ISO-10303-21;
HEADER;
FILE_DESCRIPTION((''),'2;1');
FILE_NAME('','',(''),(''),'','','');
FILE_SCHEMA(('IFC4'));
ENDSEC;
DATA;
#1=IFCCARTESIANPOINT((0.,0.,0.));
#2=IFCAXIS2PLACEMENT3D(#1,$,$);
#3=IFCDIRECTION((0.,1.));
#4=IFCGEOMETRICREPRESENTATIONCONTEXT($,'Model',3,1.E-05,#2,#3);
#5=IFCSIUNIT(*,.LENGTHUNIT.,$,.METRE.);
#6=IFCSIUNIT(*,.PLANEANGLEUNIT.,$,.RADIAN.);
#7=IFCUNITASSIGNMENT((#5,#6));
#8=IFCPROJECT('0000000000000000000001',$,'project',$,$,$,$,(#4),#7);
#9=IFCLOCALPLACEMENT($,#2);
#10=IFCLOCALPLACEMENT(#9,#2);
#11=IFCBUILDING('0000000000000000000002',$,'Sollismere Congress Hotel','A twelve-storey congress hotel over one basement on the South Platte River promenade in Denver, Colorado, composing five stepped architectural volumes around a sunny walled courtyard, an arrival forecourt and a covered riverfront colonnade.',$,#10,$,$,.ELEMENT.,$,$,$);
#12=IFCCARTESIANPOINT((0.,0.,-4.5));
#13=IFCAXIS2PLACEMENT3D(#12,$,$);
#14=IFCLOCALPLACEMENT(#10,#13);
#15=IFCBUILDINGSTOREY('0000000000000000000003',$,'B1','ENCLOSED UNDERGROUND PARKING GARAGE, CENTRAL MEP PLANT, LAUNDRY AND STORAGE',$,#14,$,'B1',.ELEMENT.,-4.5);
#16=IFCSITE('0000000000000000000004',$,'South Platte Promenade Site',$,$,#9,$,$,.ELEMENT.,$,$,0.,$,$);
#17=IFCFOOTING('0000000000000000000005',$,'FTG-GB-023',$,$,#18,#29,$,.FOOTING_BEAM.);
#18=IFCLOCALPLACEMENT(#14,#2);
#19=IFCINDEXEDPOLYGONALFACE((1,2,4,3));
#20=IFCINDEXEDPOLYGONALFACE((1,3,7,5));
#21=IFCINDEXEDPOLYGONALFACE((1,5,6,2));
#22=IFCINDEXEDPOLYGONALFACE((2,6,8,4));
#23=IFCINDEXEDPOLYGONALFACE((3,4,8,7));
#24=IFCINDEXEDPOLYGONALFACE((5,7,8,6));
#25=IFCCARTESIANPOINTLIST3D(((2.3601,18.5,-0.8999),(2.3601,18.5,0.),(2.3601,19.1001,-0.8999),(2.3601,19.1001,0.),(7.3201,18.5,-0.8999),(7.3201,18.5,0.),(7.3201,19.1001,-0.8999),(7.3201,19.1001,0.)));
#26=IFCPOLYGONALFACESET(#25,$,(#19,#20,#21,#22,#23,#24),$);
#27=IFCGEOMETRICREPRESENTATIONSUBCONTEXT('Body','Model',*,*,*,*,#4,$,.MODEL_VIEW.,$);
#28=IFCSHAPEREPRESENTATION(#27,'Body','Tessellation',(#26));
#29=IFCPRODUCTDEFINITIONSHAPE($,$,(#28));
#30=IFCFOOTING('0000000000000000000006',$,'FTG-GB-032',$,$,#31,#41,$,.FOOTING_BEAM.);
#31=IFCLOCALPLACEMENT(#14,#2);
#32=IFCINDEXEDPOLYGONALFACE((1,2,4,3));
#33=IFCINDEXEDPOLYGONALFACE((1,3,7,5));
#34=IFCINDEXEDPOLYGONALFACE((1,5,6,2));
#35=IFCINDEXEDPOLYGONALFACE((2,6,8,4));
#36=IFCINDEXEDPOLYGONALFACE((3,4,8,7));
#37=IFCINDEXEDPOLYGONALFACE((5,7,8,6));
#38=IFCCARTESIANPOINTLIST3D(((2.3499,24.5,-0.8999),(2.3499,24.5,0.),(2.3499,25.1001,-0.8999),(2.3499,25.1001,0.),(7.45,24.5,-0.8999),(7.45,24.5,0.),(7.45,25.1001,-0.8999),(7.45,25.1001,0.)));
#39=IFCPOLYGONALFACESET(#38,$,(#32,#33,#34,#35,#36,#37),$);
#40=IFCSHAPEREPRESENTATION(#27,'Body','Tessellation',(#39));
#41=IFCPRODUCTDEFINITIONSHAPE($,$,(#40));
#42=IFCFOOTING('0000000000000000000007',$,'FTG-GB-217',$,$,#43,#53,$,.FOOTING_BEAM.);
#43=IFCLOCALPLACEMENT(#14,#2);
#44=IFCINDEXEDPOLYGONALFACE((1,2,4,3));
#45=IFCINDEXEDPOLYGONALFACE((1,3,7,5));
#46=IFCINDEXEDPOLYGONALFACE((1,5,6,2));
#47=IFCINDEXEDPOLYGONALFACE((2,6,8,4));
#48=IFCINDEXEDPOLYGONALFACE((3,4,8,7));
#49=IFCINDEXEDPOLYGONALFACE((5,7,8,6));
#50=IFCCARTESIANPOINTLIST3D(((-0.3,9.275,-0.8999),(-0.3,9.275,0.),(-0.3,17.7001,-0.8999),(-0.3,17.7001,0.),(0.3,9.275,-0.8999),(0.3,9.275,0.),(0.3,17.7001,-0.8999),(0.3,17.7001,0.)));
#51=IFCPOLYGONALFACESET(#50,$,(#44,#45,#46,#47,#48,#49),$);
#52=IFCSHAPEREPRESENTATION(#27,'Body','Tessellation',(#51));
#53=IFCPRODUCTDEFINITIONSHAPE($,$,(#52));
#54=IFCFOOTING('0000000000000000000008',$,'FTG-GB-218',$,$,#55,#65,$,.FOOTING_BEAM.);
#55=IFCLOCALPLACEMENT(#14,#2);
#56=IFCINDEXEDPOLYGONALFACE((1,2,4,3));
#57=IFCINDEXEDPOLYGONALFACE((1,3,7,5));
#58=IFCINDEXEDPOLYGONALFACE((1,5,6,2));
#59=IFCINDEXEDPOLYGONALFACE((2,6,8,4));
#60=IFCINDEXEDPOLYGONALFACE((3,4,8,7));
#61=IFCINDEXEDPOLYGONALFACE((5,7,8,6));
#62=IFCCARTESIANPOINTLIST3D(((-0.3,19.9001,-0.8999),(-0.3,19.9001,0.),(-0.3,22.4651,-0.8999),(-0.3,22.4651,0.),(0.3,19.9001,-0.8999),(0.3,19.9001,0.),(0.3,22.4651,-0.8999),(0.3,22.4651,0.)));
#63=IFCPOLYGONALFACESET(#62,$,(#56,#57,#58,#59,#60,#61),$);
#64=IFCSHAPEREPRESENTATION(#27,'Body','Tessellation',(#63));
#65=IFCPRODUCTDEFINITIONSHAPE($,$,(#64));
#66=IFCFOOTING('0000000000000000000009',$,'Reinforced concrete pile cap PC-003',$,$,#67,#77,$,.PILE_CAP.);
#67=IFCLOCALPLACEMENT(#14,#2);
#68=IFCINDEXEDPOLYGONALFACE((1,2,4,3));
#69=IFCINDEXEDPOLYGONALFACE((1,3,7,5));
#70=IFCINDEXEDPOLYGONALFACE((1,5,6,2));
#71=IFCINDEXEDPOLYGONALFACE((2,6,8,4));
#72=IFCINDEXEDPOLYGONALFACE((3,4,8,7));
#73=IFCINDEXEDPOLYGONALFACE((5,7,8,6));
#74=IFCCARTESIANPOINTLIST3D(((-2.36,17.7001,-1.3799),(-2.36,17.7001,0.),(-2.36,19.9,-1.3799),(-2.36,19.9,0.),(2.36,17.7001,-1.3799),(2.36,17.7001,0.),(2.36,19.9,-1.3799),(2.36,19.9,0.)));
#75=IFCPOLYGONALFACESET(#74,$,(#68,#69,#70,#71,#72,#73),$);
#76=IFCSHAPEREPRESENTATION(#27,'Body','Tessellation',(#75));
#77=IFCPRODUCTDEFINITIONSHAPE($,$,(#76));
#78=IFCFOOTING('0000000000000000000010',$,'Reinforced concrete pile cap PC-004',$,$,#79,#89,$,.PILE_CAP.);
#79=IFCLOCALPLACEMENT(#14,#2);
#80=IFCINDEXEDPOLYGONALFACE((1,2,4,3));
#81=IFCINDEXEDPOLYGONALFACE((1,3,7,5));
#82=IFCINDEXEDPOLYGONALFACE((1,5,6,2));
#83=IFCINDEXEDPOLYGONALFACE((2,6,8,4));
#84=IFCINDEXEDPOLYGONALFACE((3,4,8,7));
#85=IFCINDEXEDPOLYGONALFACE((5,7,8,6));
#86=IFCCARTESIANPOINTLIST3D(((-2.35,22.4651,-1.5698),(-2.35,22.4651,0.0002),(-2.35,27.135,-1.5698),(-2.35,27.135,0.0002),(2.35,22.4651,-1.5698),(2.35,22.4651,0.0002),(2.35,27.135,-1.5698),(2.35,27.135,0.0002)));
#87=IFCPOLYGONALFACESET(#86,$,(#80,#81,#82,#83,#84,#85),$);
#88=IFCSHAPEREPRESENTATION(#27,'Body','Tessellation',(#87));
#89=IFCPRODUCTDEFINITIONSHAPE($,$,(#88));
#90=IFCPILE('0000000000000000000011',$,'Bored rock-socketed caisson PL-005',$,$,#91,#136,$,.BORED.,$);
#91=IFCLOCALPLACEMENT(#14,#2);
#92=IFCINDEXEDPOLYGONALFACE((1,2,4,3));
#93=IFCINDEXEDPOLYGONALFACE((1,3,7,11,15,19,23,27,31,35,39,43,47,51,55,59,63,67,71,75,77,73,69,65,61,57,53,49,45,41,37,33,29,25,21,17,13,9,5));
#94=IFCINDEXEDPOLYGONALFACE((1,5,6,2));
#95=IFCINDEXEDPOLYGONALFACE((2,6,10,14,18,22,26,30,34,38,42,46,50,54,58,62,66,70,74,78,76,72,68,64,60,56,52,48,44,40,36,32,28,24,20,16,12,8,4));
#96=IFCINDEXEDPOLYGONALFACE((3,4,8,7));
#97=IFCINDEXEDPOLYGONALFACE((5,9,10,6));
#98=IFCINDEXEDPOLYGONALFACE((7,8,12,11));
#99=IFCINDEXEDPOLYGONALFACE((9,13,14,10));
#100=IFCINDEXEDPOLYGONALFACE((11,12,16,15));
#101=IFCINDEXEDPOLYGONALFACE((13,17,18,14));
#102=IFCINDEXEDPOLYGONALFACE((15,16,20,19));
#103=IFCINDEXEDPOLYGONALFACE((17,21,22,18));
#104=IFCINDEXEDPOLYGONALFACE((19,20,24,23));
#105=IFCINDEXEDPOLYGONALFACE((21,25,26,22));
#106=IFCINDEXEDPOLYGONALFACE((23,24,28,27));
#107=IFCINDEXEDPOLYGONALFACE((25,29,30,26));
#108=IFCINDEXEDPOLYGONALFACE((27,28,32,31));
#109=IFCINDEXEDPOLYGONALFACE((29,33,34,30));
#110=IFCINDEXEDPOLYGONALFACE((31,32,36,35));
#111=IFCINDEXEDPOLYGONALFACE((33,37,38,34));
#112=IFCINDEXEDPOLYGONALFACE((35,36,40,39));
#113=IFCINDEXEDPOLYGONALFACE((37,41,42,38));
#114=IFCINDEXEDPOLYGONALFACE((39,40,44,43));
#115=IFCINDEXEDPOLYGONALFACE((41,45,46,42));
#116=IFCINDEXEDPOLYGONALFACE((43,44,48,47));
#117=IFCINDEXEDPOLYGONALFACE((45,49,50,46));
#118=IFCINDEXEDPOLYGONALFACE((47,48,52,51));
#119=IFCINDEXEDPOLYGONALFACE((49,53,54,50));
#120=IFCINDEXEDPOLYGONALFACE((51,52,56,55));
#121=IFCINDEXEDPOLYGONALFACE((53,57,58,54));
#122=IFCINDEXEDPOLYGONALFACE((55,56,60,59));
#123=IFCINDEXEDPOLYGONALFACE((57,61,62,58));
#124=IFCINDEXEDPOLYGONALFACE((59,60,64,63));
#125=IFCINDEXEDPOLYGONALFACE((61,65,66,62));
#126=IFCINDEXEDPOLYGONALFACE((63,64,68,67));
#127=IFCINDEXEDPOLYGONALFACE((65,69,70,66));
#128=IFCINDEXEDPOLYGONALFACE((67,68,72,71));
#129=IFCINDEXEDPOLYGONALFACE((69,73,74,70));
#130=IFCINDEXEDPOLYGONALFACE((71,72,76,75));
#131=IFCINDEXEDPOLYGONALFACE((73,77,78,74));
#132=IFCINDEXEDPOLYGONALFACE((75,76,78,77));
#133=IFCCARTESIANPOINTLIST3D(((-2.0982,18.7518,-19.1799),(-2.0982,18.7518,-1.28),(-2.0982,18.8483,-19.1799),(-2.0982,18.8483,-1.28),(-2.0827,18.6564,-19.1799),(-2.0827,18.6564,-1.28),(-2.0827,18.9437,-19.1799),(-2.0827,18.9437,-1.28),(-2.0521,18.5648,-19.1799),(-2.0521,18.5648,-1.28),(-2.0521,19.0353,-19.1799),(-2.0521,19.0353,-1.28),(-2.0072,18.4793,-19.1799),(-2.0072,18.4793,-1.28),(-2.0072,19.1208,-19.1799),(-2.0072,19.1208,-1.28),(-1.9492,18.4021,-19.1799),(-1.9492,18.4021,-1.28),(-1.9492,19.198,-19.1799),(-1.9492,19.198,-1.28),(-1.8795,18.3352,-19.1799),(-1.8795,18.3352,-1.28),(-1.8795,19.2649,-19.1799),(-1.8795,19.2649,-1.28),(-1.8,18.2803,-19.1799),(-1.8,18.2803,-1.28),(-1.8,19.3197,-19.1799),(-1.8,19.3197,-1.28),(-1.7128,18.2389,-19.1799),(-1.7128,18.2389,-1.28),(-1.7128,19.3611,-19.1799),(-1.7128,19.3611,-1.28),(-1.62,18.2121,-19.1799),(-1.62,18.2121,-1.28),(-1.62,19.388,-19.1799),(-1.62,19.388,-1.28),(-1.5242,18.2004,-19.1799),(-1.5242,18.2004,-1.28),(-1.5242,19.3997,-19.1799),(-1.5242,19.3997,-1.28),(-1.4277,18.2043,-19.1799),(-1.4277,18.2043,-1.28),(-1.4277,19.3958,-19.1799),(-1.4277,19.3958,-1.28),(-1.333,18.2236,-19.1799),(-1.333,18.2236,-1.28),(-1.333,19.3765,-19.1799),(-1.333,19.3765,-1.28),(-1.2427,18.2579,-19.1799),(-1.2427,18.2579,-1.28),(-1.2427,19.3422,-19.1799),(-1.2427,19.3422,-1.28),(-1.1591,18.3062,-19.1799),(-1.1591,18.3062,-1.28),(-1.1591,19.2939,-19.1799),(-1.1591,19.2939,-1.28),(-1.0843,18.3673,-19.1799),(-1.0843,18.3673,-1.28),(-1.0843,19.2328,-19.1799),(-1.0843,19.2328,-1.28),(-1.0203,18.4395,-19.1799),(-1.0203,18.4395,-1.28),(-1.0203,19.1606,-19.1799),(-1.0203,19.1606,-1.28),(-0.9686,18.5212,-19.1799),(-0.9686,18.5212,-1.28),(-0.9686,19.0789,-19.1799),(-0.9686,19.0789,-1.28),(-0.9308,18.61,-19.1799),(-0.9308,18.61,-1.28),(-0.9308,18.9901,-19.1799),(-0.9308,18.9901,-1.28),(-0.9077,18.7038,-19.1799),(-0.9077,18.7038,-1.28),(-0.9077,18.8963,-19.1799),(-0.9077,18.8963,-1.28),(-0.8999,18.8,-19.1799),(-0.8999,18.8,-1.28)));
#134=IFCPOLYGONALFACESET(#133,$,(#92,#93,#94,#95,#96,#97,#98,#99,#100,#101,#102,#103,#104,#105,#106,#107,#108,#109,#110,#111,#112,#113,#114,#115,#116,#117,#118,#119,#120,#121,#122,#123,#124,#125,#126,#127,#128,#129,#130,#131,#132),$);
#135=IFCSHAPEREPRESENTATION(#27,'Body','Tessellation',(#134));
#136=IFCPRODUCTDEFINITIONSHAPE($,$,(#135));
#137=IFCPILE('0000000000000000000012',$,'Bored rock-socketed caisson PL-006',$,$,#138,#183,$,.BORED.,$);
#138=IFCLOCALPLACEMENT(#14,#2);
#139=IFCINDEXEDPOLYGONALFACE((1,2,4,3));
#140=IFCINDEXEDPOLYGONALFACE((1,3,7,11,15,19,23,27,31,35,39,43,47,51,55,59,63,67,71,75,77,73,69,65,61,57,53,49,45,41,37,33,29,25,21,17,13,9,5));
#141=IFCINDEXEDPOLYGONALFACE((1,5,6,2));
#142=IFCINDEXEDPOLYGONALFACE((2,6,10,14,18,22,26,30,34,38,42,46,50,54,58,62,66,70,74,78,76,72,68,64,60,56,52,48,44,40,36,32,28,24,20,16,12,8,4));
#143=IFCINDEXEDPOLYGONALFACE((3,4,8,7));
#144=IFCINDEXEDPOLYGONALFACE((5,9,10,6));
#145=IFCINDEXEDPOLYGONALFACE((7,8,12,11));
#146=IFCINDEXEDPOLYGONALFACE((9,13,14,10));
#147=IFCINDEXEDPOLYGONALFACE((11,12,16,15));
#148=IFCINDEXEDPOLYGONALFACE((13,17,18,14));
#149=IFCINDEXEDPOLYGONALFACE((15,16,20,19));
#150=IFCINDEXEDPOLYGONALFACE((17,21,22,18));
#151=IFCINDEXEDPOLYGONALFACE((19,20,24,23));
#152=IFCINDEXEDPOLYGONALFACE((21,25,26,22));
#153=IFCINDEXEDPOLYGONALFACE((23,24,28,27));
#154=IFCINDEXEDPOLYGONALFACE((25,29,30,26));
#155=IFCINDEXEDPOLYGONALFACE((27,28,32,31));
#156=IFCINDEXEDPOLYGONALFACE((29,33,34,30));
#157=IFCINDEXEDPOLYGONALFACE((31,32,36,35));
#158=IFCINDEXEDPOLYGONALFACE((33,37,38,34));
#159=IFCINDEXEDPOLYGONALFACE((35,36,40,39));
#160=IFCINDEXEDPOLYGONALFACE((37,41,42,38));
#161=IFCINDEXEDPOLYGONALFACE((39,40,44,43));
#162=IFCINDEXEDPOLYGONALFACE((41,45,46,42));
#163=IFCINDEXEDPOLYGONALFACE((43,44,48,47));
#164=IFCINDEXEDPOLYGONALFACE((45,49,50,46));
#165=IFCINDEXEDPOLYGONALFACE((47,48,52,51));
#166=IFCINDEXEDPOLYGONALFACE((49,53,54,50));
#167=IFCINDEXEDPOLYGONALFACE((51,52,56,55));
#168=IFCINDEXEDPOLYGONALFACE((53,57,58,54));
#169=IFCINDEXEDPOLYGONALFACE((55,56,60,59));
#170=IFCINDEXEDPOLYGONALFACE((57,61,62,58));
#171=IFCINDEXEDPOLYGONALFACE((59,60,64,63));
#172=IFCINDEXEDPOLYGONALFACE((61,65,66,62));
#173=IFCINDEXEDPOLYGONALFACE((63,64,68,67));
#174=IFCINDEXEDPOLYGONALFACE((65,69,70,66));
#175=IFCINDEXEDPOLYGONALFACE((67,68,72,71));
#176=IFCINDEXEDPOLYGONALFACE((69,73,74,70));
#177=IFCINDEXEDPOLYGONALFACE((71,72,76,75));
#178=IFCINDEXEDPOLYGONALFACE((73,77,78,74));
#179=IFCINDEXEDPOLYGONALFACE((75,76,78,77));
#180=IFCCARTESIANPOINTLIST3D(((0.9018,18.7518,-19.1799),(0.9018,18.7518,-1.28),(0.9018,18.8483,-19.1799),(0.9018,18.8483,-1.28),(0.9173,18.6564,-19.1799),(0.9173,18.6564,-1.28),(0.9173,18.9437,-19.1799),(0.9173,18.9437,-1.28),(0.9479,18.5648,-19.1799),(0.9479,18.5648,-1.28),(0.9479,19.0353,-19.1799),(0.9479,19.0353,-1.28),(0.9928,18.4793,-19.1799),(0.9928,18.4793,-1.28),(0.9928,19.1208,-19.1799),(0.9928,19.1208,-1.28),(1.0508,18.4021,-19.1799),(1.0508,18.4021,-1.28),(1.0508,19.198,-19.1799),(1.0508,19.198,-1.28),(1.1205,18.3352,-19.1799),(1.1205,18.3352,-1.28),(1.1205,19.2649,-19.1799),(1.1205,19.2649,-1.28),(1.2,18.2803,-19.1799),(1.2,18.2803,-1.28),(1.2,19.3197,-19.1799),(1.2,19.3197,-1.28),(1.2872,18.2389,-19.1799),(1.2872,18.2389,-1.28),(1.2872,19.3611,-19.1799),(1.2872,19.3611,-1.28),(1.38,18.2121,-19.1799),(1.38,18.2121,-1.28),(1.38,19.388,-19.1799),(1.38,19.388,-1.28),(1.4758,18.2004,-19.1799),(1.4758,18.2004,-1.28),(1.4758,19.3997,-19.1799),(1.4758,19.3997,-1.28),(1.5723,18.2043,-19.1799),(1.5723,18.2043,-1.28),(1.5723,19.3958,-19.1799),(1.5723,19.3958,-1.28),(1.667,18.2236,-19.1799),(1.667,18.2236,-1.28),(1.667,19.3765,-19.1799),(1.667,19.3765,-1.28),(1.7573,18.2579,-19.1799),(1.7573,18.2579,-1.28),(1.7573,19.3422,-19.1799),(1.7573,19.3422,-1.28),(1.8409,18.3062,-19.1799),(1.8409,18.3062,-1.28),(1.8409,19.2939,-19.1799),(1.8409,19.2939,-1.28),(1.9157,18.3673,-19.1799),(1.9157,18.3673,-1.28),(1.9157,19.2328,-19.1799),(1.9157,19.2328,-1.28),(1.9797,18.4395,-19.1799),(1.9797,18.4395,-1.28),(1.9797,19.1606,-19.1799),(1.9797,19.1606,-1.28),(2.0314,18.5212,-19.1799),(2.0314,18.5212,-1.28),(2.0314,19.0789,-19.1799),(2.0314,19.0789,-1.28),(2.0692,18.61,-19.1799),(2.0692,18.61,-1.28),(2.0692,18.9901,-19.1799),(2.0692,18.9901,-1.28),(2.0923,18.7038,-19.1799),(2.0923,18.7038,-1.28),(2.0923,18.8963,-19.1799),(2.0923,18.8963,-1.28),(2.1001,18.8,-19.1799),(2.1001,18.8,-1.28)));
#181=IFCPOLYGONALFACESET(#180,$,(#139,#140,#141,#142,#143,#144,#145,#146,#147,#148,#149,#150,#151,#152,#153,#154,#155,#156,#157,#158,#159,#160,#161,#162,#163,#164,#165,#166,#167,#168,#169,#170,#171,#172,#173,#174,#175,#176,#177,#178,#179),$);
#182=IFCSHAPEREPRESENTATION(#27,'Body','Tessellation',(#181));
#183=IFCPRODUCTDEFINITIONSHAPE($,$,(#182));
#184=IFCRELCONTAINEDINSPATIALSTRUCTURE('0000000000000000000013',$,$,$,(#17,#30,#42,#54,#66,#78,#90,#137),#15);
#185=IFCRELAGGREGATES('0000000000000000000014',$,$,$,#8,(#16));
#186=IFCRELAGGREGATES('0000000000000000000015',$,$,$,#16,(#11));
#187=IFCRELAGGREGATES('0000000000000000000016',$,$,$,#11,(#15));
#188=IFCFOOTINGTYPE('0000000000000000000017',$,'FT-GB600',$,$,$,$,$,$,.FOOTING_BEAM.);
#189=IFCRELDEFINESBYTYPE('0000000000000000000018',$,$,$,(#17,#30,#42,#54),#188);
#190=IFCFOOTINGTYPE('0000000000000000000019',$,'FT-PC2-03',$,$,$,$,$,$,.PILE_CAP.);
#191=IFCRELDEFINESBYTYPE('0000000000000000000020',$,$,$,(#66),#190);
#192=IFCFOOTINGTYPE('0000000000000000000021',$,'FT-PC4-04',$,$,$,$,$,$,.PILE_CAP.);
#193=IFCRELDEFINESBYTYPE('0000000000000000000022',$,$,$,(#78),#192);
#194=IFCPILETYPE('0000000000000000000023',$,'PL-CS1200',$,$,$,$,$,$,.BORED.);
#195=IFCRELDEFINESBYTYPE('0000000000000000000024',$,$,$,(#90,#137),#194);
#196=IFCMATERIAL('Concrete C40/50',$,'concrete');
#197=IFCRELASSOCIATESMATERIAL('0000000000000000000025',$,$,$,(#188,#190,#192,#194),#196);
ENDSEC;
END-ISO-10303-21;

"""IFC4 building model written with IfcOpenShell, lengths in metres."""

from ifc_helpers import new_model, si_unit, direction, frame, origin, origin_2d, place, context, subcontext, project, spatial, rectangle, circle, extrude, material, material_profile, profile_set, type_object, element, save


model = new_model("IFC4")

# Units and contexts
model_context = context("Model", 3, precision=1e-05, world=origin(), true_north=direction((0.0, 1.0)))
body_context = subcontext(model_context, "Body", "Model", "MODEL_VIEW")
ifc_project = project(units=[si_unit("LENGTHUNIT", "METRE"), si_unit("PLANEANGLEUNIT", "RADIAN")], contexts=[model_context])

# Site, building, storey
site_placement = place(None, origin())
site = spatial("IfcSite", under=ifc_project, at=site_placement, Name="South Platte Promenade Site", CompositionType="ELEMENT", RefElevation=0.0)
building_placement = place(site_placement, origin())
building = spatial("IfcBuilding", under=site, at=building_placement, Name="Sollismere Congress Hotel", Description="A twelve-storey congress hotel over one basement on the South Platte River promenade in Denver, Colorado, composing five stepped architectural volumes around a sunny walled courtyard, an arrival forecourt and a covered riverfront colonnade.", CompositionType="ELEMENT")
storey_placement = place(building_placement, frame((0.0, 0.0, -4.5)))
storey = spatial("IfcBuildingStorey", under=building, at=storey_placement, Name="B1", Description="ENCLOSED UNDERGROUND PARKING GARAGE, CENTRAL MEP PLANT, LAUNDRY AND STORAGE", LongName="B1", CompositionType="ELEMENT", Elevation=-4.5)

# Footings
ifc_material_1 = material(Name="Concrete C40/50", Category="concrete")
footing_type_1 = type_object("IfcFootingType", Name="FT-GB600", PredefinedType="FOOTING_BEAM", material=ifc_material_1)
footing_1_placement = place(storey_placement, frame((4.8401, 18.8, -0.8999), z_axis=(0.0, 0.0, 1.0), x_axis=(1.0, 0.0, 0.0)))
element("IfcFooting", 1, at=footing_1_placement, inside=storey, type_object=footing_type_1, Name="FTG-GB-023", PredefinedType="FOOTING_BEAM", context=body_context, shape_type="SweptSolid", body=[
    extrude(rectangle(XDim=4.96, YDim=0.6001, at=origin_2d()), origin(), (0.0, 0.0, 1.0), 0.8999),
])
footing_2_placement = place(storey_placement, frame((4.8999, 24.8, -0.8999), z_axis=(0.0, 0.0, 1.0), x_axis=(1.0, 0.0, 0.0)))
element("IfcFooting", 2, at=footing_2_placement, inside=storey, type_object=footing_type_1, Name="FTG-GB-032", PredefinedType="FOOTING_BEAM", context=body_context, shape_type="SweptSolid", body=[
    extrude(rectangle(XDim=5.1001, YDim=0.6001, at=origin_2d()), origin(), (0.0, 0.0, 1.0), 0.8999),
])
footing_3_placement = place(storey_placement, frame((0.0, 13.4875, -0.8999), z_axis=(0.0, 0.0, 1.0), x_axis=(0.0, 1.0, 0.0)))
element("IfcFooting", 3, at=footing_3_placement, inside=storey, type_object=footing_type_1, Name="FTG-GB-217", PredefinedType="FOOTING_BEAM", context=body_context, shape_type="SweptSolid", body=[
    extrude(rectangle(XDim=8.425, YDim=0.6001, at=origin_2d()), origin(), (0.0, 0.0, 1.0), 0.8999),
])
footing_4_placement = place(storey_placement, frame((0.0, 21.1826, -0.8999), z_axis=(0.0, 0.0, 1.0), x_axis=(0.0, 1.0, 0.0)))
element("IfcFooting", 4, at=footing_4_placement, inside=storey, type_object=footing_type_1, Name="FTG-GB-218", PredefinedType="FOOTING_BEAM", context=body_context, shape_type="SweptSolid", body=[
    extrude(rectangle(XDim=2.5649, YDim=0.6001, at=origin_2d()), origin(), (0.0, 0.0, 1.0), 0.8999),
])
footing_type_2 = type_object("IfcFootingType", Name="FT-PC2-03", PredefinedType="PILE_CAP", material=ifc_material_1)
footing_5_placement = place(storey_placement, frame((0.0, 18.8, -1.3799), z_axis=(0.0, 0.0, 1.0), x_axis=(1.0, 0.0, 0.0)))
element("IfcFooting", 5, at=footing_5_placement, inside=storey, type_object=footing_type_2, Name="Reinforced concrete pile cap PC-003", PredefinedType="PILE_CAP", context=body_context, shape_type="SweptSolid", body=[
    extrude(rectangle(XDim=4.72, YDim=2.2, at=origin_2d()), origin(), (0.0, 0.0, 1.0), 1.3799),
])
footing_type_3 = type_object("IfcFootingType", Name="FT-PC4-04", PredefinedType="PILE_CAP", material=ifc_material_1)
footing_6_placement = place(storey_placement, frame((0.0, 24.8, -1.5698), z_axis=(0.0, 0.0, 1.0), x_axis=(1.0, 0.0, 0.0)))
element("IfcFooting", 6, at=footing_6_placement, inside=storey, type_object=footing_type_3, Name="Reinforced concrete pile cap PC-004", PredefinedType="PILE_CAP", context=body_context, shape_type="SweptSolid", body=[
    extrude(rectangle(XDim=4.7, YDim=4.6699, at=origin_2d()), origin(), (0.0, 0.0, 1.0), 1.5701),
])

# Piles
ifc_material_profile_1 = material_profile(ifc_material_1, circle(Radius=0.6001, at=origin_2d()), Name="CAISSON1200")
ifc_profile_set_1 = profile_set([ifc_material_profile_1], Name="Concrete C40/50")
pile_type = type_object("IfcPileType", Name="PL-CS1200", PredefinedType="BORED", material=ifc_profile_set_1)
for number, where, z_axis, x_axis, name in (
    (7, (-1.5, 18.8, -1.28), (0.0, 0.0, -1.0), (1.0, 0.0, 0.0), "Bored rock-socketed caisson PL-005"),
    (8, (1.5, 18.8, -1.28), (0.0, 0.0, -1.0), (1.0, 0.0, 0.0), "Bored rock-socketed caisson PL-006"),
):
    element("IfcPile", number, at=place(storey_placement, frame(where, z_axis=z_axis, x_axis=x_axis)), inside=storey, type_object=pile_type, Name=name, PredefinedType="BORED", context=body_context, shape_type="SweptSolid", body=[
        extrude(circle(Radius=0.6001, at=origin_2d()), origin(), (0.0, 0.0, 1.0), 17.8999),
    ])

save(model, "model.ifc")
